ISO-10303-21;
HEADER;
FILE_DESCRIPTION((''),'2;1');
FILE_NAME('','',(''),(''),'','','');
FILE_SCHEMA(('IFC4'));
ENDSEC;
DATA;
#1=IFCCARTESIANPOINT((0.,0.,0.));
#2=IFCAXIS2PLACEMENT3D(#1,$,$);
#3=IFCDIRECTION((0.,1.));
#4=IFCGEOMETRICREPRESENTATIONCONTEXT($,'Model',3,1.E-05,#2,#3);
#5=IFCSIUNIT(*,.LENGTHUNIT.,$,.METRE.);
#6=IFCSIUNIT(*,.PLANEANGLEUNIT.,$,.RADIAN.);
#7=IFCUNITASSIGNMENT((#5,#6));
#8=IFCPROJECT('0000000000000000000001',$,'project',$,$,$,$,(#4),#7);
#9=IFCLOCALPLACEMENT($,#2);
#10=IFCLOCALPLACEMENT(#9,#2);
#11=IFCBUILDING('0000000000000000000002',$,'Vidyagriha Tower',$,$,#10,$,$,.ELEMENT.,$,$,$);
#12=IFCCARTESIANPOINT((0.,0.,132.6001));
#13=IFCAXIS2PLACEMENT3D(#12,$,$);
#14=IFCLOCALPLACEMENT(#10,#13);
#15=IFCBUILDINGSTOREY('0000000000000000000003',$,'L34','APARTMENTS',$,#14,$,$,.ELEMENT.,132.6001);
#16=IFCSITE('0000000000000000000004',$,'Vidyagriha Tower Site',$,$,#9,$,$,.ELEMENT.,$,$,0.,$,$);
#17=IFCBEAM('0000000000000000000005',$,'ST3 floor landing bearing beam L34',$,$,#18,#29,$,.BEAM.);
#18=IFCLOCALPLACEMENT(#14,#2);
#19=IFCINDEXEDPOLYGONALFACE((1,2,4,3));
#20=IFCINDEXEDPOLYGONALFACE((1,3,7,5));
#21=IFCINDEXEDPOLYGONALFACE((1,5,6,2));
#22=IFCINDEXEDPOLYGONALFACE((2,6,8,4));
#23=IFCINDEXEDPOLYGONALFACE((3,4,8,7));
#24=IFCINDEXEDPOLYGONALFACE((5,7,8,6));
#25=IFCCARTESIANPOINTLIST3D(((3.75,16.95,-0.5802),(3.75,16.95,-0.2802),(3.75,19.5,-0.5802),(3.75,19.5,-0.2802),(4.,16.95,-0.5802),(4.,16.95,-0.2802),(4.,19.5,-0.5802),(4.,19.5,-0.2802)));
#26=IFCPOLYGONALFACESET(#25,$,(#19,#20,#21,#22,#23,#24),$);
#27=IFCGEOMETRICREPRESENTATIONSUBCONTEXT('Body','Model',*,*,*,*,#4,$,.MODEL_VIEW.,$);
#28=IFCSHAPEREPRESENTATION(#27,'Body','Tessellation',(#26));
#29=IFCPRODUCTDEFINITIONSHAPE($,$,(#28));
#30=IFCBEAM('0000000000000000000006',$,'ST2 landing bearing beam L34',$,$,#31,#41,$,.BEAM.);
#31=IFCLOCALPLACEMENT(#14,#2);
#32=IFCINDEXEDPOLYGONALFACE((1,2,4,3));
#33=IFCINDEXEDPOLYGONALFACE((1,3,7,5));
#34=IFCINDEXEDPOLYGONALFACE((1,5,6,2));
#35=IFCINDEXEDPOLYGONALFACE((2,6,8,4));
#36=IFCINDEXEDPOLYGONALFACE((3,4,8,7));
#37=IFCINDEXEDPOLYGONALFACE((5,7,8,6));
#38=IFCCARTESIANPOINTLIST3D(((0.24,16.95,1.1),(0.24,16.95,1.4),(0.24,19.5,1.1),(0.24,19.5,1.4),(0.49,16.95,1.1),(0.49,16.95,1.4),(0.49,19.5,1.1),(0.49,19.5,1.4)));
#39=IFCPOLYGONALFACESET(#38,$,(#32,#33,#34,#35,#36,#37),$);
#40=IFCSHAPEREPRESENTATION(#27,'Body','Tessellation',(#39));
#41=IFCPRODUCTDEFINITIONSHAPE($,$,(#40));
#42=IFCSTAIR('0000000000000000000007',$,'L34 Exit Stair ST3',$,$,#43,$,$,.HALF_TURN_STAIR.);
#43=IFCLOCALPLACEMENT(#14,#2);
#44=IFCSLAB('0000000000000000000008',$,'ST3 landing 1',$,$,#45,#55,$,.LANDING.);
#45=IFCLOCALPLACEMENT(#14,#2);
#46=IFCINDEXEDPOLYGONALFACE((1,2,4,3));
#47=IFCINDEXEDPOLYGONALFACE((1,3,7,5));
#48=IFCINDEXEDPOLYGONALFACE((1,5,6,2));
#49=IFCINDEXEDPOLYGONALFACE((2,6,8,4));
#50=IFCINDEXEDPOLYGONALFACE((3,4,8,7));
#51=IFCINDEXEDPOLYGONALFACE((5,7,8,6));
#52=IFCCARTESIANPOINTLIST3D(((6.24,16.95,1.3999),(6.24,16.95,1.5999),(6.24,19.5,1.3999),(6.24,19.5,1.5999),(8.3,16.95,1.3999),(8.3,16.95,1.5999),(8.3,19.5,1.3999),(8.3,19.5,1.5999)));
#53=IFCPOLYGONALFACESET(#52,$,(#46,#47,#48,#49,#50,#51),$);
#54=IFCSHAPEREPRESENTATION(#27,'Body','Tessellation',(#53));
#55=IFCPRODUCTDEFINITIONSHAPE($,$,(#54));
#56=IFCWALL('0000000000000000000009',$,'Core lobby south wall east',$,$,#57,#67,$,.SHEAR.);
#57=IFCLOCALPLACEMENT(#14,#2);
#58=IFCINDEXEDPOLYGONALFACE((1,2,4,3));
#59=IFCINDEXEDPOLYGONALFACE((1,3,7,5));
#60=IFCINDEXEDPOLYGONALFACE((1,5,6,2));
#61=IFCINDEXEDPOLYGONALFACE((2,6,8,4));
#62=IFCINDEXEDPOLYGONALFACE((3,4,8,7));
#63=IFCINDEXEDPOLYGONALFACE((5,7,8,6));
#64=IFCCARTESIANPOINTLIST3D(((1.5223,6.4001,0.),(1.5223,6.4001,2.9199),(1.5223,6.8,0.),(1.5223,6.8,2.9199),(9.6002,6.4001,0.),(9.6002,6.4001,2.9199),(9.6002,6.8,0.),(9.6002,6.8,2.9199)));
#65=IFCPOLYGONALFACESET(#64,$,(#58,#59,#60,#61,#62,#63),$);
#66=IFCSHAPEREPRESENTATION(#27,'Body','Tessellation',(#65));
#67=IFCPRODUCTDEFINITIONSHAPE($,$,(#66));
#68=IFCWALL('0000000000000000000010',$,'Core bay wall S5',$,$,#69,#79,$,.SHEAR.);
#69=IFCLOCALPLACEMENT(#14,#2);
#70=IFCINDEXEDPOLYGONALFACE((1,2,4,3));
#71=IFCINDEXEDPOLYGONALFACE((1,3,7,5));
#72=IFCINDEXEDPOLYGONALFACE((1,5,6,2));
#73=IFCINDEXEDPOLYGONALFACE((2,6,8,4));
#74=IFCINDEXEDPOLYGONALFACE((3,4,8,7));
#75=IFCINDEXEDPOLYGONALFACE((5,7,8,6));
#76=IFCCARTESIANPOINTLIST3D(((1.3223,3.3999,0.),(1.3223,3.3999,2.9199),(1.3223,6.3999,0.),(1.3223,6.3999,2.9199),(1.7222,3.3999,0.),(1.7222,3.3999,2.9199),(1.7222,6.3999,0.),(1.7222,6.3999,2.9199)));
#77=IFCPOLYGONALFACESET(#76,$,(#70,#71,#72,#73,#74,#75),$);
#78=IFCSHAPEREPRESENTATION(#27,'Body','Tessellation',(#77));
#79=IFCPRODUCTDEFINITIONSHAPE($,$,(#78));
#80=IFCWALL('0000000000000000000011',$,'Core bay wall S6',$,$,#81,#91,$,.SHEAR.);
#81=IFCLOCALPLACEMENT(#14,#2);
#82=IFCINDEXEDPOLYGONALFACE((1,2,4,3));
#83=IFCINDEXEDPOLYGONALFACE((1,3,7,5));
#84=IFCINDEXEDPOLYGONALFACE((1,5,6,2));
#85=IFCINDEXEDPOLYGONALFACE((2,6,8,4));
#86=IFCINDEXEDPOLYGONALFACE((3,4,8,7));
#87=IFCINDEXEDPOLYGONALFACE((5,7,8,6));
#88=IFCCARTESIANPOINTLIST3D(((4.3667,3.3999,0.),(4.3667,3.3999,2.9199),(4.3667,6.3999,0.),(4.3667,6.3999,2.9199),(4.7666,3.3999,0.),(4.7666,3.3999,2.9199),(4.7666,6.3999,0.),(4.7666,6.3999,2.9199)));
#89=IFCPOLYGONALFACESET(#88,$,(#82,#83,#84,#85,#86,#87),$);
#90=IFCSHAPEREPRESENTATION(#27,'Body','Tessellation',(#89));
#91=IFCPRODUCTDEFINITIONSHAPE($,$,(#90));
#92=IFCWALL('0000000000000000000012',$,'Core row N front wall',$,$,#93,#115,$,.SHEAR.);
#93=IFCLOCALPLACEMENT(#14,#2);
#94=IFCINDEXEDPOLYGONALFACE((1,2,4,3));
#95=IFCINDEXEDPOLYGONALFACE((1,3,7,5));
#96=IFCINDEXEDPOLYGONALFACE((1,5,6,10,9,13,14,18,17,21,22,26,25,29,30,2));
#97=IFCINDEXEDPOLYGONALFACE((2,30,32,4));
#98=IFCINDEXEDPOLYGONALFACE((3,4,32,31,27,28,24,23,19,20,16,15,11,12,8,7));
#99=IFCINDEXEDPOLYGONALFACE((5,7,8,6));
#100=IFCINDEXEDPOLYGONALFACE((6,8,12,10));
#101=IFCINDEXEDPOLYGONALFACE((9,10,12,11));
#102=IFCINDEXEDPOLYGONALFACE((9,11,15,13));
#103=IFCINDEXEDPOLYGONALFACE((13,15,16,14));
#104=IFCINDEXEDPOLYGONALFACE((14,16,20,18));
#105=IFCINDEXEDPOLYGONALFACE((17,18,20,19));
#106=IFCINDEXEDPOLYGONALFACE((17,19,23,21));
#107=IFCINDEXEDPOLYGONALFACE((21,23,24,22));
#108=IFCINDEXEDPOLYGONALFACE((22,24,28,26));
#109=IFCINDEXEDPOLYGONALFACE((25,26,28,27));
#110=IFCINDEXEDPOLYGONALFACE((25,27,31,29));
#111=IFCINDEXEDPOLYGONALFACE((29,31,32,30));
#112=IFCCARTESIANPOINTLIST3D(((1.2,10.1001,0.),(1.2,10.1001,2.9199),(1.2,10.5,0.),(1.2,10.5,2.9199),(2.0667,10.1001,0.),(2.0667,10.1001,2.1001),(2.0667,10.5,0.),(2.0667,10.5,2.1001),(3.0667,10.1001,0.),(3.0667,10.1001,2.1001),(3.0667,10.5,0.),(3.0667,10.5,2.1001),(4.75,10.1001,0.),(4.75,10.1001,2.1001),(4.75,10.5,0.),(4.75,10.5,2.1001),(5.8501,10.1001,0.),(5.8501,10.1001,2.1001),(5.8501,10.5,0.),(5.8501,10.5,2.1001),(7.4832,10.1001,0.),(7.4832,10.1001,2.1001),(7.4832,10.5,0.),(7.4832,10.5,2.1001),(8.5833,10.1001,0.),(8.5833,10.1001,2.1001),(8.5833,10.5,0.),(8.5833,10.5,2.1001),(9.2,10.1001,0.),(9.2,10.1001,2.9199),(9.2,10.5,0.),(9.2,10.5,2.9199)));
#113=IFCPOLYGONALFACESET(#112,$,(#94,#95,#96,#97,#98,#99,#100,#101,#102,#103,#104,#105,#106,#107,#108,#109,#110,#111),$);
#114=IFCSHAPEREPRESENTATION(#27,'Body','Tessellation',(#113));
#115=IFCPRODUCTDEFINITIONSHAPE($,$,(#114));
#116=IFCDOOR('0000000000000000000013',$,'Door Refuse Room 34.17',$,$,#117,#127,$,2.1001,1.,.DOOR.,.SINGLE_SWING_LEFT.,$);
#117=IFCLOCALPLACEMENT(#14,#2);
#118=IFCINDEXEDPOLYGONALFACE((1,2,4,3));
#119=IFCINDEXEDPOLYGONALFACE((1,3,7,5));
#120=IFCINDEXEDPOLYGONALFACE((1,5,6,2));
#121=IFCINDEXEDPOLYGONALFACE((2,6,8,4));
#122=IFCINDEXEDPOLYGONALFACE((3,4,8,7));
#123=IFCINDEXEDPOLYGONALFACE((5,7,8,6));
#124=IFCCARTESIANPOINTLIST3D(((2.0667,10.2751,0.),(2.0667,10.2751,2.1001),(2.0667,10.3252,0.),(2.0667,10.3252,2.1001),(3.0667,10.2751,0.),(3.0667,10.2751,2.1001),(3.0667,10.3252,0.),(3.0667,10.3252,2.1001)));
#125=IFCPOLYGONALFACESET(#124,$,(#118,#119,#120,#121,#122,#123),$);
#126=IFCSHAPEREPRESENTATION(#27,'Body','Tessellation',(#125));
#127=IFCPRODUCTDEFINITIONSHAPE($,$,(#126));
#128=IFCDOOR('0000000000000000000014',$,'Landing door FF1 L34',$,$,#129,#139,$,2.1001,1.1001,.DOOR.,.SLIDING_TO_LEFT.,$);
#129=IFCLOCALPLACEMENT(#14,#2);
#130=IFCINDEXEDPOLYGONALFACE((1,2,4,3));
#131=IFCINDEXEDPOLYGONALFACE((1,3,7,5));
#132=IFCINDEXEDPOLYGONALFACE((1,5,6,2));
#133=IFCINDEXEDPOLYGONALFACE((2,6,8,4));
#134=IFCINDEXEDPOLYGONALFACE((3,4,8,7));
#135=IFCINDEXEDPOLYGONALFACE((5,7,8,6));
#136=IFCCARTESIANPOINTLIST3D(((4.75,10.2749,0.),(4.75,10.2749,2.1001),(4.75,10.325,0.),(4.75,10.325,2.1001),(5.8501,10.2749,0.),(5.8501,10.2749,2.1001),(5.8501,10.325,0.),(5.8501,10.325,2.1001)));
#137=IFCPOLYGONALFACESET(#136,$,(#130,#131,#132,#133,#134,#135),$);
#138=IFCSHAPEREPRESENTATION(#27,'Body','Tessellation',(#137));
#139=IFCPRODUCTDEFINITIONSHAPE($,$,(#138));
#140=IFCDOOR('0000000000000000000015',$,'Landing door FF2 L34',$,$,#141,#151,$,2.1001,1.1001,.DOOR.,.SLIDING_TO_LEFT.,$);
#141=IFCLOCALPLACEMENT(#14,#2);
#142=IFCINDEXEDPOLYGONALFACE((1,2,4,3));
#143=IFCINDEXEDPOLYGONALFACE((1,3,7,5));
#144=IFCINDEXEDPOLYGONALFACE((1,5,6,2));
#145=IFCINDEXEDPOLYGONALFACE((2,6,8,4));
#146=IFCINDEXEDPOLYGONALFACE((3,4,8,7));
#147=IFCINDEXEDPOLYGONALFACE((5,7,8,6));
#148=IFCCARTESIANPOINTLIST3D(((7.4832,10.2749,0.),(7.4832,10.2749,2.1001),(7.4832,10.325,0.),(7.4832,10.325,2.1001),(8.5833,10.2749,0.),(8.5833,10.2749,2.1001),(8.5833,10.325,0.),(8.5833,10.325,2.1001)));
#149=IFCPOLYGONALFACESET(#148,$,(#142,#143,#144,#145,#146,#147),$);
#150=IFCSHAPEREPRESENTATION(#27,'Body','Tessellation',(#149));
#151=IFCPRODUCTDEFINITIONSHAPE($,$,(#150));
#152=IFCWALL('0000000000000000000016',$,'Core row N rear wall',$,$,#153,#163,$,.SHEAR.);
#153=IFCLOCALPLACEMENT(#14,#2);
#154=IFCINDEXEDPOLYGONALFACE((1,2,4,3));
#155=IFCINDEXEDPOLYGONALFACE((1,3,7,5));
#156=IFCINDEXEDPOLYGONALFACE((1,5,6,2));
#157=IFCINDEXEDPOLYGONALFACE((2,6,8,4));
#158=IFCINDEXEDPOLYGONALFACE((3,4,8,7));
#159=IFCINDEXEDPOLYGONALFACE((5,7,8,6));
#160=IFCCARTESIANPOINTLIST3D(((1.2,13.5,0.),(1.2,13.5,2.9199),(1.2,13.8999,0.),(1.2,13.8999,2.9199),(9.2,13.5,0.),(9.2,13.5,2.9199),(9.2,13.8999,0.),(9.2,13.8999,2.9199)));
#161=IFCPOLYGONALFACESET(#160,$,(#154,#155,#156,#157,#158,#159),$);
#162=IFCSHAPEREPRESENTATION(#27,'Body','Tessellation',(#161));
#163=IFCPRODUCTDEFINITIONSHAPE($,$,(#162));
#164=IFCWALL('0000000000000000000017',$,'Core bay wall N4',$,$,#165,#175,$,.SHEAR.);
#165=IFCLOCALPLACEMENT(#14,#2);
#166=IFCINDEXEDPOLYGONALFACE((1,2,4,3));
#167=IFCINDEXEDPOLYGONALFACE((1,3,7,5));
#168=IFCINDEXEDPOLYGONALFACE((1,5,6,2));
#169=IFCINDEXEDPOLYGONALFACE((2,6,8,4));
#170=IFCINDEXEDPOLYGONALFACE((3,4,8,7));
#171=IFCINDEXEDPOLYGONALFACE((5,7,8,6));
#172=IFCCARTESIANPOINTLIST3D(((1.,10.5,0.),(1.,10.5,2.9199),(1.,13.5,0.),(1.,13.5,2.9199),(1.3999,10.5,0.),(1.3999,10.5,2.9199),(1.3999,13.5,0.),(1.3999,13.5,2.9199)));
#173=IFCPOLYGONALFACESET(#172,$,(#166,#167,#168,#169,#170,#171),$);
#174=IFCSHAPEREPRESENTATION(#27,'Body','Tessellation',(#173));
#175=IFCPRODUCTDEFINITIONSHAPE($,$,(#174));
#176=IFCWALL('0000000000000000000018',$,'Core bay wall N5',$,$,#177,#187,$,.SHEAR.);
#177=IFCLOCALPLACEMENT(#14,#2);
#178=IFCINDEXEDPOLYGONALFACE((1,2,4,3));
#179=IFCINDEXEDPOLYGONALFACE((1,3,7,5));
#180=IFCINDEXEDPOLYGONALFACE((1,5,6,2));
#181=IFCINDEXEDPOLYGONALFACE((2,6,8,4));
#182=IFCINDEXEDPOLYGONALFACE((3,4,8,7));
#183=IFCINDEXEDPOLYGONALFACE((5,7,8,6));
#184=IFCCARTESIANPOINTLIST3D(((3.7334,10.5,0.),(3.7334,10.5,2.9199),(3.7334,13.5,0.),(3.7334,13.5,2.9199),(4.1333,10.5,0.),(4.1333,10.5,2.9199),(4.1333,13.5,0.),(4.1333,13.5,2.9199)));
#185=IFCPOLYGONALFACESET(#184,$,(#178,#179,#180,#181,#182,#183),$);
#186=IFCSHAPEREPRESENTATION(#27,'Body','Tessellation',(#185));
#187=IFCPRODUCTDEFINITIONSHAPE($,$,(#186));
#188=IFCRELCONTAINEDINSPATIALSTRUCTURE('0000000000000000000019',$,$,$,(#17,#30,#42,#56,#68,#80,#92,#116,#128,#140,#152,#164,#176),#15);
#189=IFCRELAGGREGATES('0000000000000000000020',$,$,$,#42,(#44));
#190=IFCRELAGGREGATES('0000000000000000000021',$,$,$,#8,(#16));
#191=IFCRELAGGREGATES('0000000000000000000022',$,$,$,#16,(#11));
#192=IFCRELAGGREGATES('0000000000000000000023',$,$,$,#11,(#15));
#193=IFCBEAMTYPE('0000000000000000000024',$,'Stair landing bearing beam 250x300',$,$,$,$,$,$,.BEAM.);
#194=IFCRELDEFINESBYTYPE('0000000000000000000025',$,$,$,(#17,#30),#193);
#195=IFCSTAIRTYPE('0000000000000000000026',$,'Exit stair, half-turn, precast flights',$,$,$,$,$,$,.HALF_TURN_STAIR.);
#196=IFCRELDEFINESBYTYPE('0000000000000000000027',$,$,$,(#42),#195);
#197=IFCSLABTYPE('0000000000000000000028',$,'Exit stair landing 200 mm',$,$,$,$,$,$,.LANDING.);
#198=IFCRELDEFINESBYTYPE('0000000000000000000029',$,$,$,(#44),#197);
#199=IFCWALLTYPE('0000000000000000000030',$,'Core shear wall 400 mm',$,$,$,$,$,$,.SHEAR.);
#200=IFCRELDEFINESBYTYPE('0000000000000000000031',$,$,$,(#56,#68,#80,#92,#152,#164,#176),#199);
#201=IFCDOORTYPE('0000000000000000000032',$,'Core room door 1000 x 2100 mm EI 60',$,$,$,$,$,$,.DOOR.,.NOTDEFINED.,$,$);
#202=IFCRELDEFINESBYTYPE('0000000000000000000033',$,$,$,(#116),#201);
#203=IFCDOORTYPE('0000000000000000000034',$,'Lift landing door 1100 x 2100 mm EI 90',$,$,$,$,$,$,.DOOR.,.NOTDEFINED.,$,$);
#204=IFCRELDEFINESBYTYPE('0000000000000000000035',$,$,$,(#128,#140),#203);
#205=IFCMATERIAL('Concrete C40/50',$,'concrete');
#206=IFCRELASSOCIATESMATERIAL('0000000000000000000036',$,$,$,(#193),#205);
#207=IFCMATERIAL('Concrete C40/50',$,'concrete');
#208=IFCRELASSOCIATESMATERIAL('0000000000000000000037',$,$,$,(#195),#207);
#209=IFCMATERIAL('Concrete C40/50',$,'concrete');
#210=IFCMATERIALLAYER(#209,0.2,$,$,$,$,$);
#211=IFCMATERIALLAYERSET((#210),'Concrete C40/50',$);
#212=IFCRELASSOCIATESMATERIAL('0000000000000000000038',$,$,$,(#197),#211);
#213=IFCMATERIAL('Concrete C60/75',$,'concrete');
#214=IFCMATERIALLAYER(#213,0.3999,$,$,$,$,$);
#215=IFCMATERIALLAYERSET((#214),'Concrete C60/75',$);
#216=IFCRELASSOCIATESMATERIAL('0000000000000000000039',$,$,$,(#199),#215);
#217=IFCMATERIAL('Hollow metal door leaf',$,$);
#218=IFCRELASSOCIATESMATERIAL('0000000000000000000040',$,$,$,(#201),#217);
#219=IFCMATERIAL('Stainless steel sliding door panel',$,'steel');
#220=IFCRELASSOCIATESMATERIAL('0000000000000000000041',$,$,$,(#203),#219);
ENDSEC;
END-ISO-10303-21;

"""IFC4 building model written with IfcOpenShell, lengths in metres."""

from ifc_helpers import new_model, si_unit, direction, frame, frame_2d, origin, origin_2d, place, context, subcontext, project, spatial, polyline, rectangle, outline, extrude, material, layer, layer_set, material_profile, profile_set, type_object, element, fill, aggregate, save


model = new_model("IFC4")

# Units and contexts
model_context = context("Model", 3, precision=1e-05, world=origin(), true_north=direction((0.0, 1.0)))
body_context = subcontext(model_context, "Body", "Model", "MODEL_VIEW")
ifc_project = project(units=[si_unit("LENGTHUNIT", "METRE"), si_unit("PLANEANGLEUNIT", "RADIAN")], contexts=[model_context])

# Site, building, storey
site_placement = place(None, origin())
site = spatial("IfcSite", under=ifc_project, at=site_placement, Name="Vidyagriha Tower Site", CompositionType="ELEMENT", RefElevation=0.0)
building_placement = place(site_placement, origin())
building = spatial("IfcBuilding", under=site, at=building_placement, Name="Vidyagriha Tower", CompositionType="ELEMENT")
storey_placement = place(building_placement, frame((0.0, 0.0, 132.6001)))
storey = spatial("IfcBuildingStorey", under=building, at=storey_placement, Name="L34", Description="APARTMENTS", CompositionType="ELEMENT", Elevation=132.6001)

# Beams
ifc_material_1 = material(Name="Concrete C40/50", Category="concrete")
ifc_material_profile = material_profile(ifc_material_1, rectangle(XDim=0.25, YDim=0.3, at=origin_2d()), Name="Stair landing bearing beam 250x300")
ifc_profile_set = profile_set([ifc_material_profile], Name="Concrete C40/50")
beam_type = type_object("IfcBeamType", Name="Stair landing bearing beam 250x300", PredefinedType="BEAM", material=ifc_profile_set)
for number, where, z_axis, x_axis, name in (
    (1, (3.875, 16.95, -0.4302), (0.0, 1.0, 0.0), (-1.0, 0.0, 0.0), "ST3 floor landing bearing beam L34"),
    (2, (0.365, 16.95, 1.25), (0.0, 1.0, 0.0), (-1.0, 0.0, 0.0), "ST2 landing bearing beam L34"),
):
    element("IfcBeam", number, at=place(storey_placement, frame(where, z_axis=z_axis, x_axis=x_axis)), inside=storey, type_object=beam_type, Name=name, PredefinedType="BEAM", context=body_context, shape_type="SweptSolid", body=[
        extrude(rectangle(XDim=0.25, YDim=0.3, at=origin_2d()), origin(), (0.0, 0.0, 1.0), 2.55),
    ])

# Stair, slab
ifc_material_2 = material(Name="Concrete C40/50", Category="concrete")
stair_type = type_object("IfcStairType", Name="Exit stair, half-turn, precast flights", PredefinedType="HALF_TURN_STAIR", material=ifc_material_2)
stair_placement = place(storey_placement, origin())
stair = element("IfcStair", 3, at=stair_placement, inside=storey, type_object=stair_type, Name="L34 Exit Stair ST3", PredefinedType="HALF_TURN_STAIR")
ifc_material_3 = material(Name="Concrete C40/50", Category="concrete")
ifc_layer_1 = layer(ifc_material_3, 0.2)
ifc_layer_set_1 = layer_set([ifc_layer_1], Name="Concrete C40/50")
slab_type = type_object("IfcSlabType", Name="Exit stair landing 200 mm", PredefinedType="LANDING", material=ifc_layer_set_1)
slab_placement = place(storey_placement, frame((0.0, 0.0, 1.3999)))
slab = element("IfcSlab", 4, at=slab_placement, type_object=slab_type, Name="ST3 landing 1", PredefinedType="LANDING", context=body_context, shape_type="SweptSolid", body=[
    extrude(outline(polyline([(6.24, 16.95), (8.3, 16.95), (8.3, 19.5), (6.24, 19.5), (6.24, 16.95)])), origin(), (0.0, 0.0, 1.0), 0.2),
])
aggregate(stair, [slab])

# Walls
ifc_material_4 = material(Name="Concrete C60/75", Category="concrete")
ifc_layer_2 = layer(ifc_material_4, 0.3999)
ifc_layer_set_2 = layer_set([ifc_layer_2], Name="Concrete C60/75")
wall_type_1 = type_object("IfcWallType", Name="Core shear wall 400 mm", PredefinedType="SHEAR", material=ifc_layer_set_2)
wall_1_placement = place(storey_placement, frame((1.5222, 6.6001, 0.0)))
element("IfcWall", 5, at=wall_1_placement, inside=storey, type_object=wall_type_1, Name="Core lobby south wall east", PredefinedType="SHEAR", context=body_context, shape_type="SweptSolid", body=[
    extrude(rectangle(XDim=8.0779, YDim=0.3999, at=frame_2d((4.0391, 0.0))), origin(), (0.0, 0.0, 1.0), 2.9199),
])
for number, where, z_axis, x_axis, name in (
    (6, (1.5222, 3.3999, 0.0), (0.0, 0.0, 1.0), (0.0, 1.0, 0.0), "Core bay wall S5"),
    (7, (4.5667, 3.3999, 0.0), (0.0, 0.0, 1.0), (0.0, 1.0, 0.0), "Core bay wall S6"),
):
    element("IfcWall", number, at=place(storey_placement, frame(where, z_axis=z_axis, x_axis=x_axis)), inside=storey, type_object=wall_type_1, Name=name, PredefinedType="SHEAR", context=body_context, shape_type="SweptSolid", body=[
        extrude(rectangle(XDim=3.0, YDim=0.3999, at=frame_2d((1.5, 0.0))), origin(), (0.0, 0.0, 1.0), 2.9199),
    ])

# Wall, openings, doors
wall_2_placement = place(storey_placement, frame((1.2, 10.3, 0.0)))
wall_2 = element("IfcWall", 8, at=wall_2_placement, inside=storey, type_object=wall_type_1, Name="Core row N front wall", PredefinedType="SHEAR", context=body_context, shape_type="SweptSolid", body=[
    extrude(rectangle(XDim=8.0, YDim=0.3999, at=frame_2d((4.0, 0.0))), origin(), (0.0, 0.0, 1.0), 2.9199),
])
opening_1_placement = place(wall_2_placement, frame((3.55, 0.0, 0.0)))
opening_1 = element("IfcOpeningElement", 9, at=opening_1_placement, cuts=wall_2, PredefinedType="OPENING", context=body_context, shape_type="SweptSolid", body=[
    extrude(rectangle(XDim=1.1001, YDim=2.1001, at=frame_2d((0.55, 1.05))), frame((0.0, 0.21, 0.0), z_axis=(0.0, -1.0, 0.0), x_axis=(1.0, 0.0, 0.0)), (0.0, 0.0, 1.0), 0.4199),
])
opening_2_placement = place(wall_2_placement, frame((6.2832, 0.0, 0.0)))
opening_2 = element("IfcOpeningElement", 10, at=opening_2_placement, cuts=wall_2, PredefinedType="OPENING", context=body_context, shape_type="SweptSolid", body=[
    extrude(rectangle(XDim=1.1001, YDim=2.1001, at=frame_2d((0.55, 1.05))), frame((0.0, 0.21, 0.0), z_axis=(0.0, -1.0, 0.0), x_axis=(1.0, 0.0, 0.0)), (0.0, 0.0, 1.0), 0.4199),
])
opening_3_placement = place(wall_2_placement, frame((0.8667, 0.0, 0.0)))
opening_3 = element("IfcOpeningElement", 11, at=opening_3_placement, cuts=wall_2, PredefinedType="OPENING", context=body_context, shape_type="SweptSolid", body=[
    extrude(rectangle(XDim=1.0, YDim=2.1001, at=frame_2d((0.5, 1.05))), frame((0.0, 0.21, 0.0), z_axis=(0.0, -1.0, 0.0), x_axis=(1.0, 0.0, 0.0)), (0.0, 0.0, 1.0), 0.4199),
])
ifc_material_5 = material(Name="Hollow metal door leaf")
door_type_1 = type_object("IfcDoorType", Name="Core room door 1000 x 2100 mm EI 60", OperationType="NOTDEFINED", PredefinedType="DOOR", material=ifc_material_5)
door_1_placement = place(opening_3_placement, frame((1.0, 0.0, 0.0), z_axis=(0.0, 0.0, 1.0), x_axis=(-1.0, 0.0, 0.0)))
door_1 = element("IfcDoor", 12, at=door_1_placement, inside=storey, type_object=door_type_1, Name="Door Refuse Room 34.17", OperationType="SINGLE_SWING_LEFT", OverallHeight=2.1001, OverallWidth=1.0, PredefinedType="DOOR", context=body_context, shape_type="SweptSolid", body=[
    extrude(rectangle(XDim=1.0, YDim=2.1001, at=frame_2d((0.5, 1.05))), frame((0.0, 0.0249, 0.0), z_axis=(0.0, -1.0, 0.0), x_axis=(1.0, 0.0, 0.0)), (0.0, 0.0, 1.0), 0.05),
])
fill(opening_3, door_1)
ifc_material_6 = material(Name="Stainless steel sliding door panel", Category="steel")
door_type_2 = type_object("IfcDoorType", Name="Lift landing door 1100 x 2100 mm EI 90", OperationType="NOTDEFINED", PredefinedType="DOOR", material=ifc_material_6)
door_2_placement = place(opening_1_placement, origin())
door_2 = element("IfcDoor", 13, at=door_2_placement, inside=storey, type_object=door_type_2, Name="Landing door FF1 L34", OperationType="SLIDING_TO_LEFT", OverallHeight=2.1001, OverallWidth=1.1001, PredefinedType="DOOR", context=body_context, shape_type="SweptSolid", body=[
    extrude(rectangle(XDim=1.1001, YDim=2.1001, at=frame_2d((0.55, 1.05))), frame((0.0, 0.0249, 0.0), z_axis=(0.0, -1.0, 0.0), x_axis=(1.0, 0.0, 0.0)), (0.0, 0.0, 1.0), 0.05),
])
fill(opening_1, door_2)
door_3_placement = place(opening_2_placement, origin())
door_3 = element("IfcDoor", 14, at=door_3_placement, inside=storey, type_object=door_type_2, Name="Landing door FF2 L34", OperationType="SLIDING_TO_LEFT", OverallHeight=2.1001, OverallWidth=1.1001, PredefinedType="DOOR", context=body_context, shape_type="SweptSolid", body=[
    extrude(rectangle(XDim=1.1001, YDim=2.1001, at=frame_2d((0.55, 1.05))), frame((0.0, 0.0249, 0.0), z_axis=(0.0, -1.0, 0.0), x_axis=(1.0, 0.0, 0.0)), (0.0, 0.0, 1.0), 0.05),
])
fill(opening_2, door_3)

# Walls
wall_3_placement = place(storey_placement, frame((1.2, 13.7, 0.0)))
element("IfcWall", 15, at=wall_3_placement, inside=storey, type_object=wall_type_1, Name="Core row N rear wall", PredefinedType="SHEAR", context=body_context, shape_type="SweptSolid", body=[
    extrude(rectangle(XDim=8.0, YDim=0.3999, at=frame_2d((4.0, 0.0))), origin(), (0.0, 0.0, 1.0), 2.9199),
])
for number, where, z_axis, x_axis, name in (
    (16, (1.2, 10.5, 0.0), (0.0, 0.0, 1.0), (0.0, 1.0, 0.0), "Core bay wall N4"),
    (17, (3.9333, 10.5, 0.0), (0.0, 0.0, 1.0), (0.0, 1.0, 0.0), "Core bay wall N5"),
):
    element("IfcWall", number, at=place(storey_placement, frame(where, z_axis=z_axis, x_axis=x_axis)), inside=storey, type_object=wall_type_1, Name=name, PredefinedType="SHEAR", context=body_context, shape_type="SweptSolid", body=[
        extrude(rectangle(XDim=3.0, YDim=0.3999, at=frame_2d((1.5, 0.0))), origin(), (0.0, 0.0, 1.0), 2.9199),
    ])

save(model, "model.ifc")
